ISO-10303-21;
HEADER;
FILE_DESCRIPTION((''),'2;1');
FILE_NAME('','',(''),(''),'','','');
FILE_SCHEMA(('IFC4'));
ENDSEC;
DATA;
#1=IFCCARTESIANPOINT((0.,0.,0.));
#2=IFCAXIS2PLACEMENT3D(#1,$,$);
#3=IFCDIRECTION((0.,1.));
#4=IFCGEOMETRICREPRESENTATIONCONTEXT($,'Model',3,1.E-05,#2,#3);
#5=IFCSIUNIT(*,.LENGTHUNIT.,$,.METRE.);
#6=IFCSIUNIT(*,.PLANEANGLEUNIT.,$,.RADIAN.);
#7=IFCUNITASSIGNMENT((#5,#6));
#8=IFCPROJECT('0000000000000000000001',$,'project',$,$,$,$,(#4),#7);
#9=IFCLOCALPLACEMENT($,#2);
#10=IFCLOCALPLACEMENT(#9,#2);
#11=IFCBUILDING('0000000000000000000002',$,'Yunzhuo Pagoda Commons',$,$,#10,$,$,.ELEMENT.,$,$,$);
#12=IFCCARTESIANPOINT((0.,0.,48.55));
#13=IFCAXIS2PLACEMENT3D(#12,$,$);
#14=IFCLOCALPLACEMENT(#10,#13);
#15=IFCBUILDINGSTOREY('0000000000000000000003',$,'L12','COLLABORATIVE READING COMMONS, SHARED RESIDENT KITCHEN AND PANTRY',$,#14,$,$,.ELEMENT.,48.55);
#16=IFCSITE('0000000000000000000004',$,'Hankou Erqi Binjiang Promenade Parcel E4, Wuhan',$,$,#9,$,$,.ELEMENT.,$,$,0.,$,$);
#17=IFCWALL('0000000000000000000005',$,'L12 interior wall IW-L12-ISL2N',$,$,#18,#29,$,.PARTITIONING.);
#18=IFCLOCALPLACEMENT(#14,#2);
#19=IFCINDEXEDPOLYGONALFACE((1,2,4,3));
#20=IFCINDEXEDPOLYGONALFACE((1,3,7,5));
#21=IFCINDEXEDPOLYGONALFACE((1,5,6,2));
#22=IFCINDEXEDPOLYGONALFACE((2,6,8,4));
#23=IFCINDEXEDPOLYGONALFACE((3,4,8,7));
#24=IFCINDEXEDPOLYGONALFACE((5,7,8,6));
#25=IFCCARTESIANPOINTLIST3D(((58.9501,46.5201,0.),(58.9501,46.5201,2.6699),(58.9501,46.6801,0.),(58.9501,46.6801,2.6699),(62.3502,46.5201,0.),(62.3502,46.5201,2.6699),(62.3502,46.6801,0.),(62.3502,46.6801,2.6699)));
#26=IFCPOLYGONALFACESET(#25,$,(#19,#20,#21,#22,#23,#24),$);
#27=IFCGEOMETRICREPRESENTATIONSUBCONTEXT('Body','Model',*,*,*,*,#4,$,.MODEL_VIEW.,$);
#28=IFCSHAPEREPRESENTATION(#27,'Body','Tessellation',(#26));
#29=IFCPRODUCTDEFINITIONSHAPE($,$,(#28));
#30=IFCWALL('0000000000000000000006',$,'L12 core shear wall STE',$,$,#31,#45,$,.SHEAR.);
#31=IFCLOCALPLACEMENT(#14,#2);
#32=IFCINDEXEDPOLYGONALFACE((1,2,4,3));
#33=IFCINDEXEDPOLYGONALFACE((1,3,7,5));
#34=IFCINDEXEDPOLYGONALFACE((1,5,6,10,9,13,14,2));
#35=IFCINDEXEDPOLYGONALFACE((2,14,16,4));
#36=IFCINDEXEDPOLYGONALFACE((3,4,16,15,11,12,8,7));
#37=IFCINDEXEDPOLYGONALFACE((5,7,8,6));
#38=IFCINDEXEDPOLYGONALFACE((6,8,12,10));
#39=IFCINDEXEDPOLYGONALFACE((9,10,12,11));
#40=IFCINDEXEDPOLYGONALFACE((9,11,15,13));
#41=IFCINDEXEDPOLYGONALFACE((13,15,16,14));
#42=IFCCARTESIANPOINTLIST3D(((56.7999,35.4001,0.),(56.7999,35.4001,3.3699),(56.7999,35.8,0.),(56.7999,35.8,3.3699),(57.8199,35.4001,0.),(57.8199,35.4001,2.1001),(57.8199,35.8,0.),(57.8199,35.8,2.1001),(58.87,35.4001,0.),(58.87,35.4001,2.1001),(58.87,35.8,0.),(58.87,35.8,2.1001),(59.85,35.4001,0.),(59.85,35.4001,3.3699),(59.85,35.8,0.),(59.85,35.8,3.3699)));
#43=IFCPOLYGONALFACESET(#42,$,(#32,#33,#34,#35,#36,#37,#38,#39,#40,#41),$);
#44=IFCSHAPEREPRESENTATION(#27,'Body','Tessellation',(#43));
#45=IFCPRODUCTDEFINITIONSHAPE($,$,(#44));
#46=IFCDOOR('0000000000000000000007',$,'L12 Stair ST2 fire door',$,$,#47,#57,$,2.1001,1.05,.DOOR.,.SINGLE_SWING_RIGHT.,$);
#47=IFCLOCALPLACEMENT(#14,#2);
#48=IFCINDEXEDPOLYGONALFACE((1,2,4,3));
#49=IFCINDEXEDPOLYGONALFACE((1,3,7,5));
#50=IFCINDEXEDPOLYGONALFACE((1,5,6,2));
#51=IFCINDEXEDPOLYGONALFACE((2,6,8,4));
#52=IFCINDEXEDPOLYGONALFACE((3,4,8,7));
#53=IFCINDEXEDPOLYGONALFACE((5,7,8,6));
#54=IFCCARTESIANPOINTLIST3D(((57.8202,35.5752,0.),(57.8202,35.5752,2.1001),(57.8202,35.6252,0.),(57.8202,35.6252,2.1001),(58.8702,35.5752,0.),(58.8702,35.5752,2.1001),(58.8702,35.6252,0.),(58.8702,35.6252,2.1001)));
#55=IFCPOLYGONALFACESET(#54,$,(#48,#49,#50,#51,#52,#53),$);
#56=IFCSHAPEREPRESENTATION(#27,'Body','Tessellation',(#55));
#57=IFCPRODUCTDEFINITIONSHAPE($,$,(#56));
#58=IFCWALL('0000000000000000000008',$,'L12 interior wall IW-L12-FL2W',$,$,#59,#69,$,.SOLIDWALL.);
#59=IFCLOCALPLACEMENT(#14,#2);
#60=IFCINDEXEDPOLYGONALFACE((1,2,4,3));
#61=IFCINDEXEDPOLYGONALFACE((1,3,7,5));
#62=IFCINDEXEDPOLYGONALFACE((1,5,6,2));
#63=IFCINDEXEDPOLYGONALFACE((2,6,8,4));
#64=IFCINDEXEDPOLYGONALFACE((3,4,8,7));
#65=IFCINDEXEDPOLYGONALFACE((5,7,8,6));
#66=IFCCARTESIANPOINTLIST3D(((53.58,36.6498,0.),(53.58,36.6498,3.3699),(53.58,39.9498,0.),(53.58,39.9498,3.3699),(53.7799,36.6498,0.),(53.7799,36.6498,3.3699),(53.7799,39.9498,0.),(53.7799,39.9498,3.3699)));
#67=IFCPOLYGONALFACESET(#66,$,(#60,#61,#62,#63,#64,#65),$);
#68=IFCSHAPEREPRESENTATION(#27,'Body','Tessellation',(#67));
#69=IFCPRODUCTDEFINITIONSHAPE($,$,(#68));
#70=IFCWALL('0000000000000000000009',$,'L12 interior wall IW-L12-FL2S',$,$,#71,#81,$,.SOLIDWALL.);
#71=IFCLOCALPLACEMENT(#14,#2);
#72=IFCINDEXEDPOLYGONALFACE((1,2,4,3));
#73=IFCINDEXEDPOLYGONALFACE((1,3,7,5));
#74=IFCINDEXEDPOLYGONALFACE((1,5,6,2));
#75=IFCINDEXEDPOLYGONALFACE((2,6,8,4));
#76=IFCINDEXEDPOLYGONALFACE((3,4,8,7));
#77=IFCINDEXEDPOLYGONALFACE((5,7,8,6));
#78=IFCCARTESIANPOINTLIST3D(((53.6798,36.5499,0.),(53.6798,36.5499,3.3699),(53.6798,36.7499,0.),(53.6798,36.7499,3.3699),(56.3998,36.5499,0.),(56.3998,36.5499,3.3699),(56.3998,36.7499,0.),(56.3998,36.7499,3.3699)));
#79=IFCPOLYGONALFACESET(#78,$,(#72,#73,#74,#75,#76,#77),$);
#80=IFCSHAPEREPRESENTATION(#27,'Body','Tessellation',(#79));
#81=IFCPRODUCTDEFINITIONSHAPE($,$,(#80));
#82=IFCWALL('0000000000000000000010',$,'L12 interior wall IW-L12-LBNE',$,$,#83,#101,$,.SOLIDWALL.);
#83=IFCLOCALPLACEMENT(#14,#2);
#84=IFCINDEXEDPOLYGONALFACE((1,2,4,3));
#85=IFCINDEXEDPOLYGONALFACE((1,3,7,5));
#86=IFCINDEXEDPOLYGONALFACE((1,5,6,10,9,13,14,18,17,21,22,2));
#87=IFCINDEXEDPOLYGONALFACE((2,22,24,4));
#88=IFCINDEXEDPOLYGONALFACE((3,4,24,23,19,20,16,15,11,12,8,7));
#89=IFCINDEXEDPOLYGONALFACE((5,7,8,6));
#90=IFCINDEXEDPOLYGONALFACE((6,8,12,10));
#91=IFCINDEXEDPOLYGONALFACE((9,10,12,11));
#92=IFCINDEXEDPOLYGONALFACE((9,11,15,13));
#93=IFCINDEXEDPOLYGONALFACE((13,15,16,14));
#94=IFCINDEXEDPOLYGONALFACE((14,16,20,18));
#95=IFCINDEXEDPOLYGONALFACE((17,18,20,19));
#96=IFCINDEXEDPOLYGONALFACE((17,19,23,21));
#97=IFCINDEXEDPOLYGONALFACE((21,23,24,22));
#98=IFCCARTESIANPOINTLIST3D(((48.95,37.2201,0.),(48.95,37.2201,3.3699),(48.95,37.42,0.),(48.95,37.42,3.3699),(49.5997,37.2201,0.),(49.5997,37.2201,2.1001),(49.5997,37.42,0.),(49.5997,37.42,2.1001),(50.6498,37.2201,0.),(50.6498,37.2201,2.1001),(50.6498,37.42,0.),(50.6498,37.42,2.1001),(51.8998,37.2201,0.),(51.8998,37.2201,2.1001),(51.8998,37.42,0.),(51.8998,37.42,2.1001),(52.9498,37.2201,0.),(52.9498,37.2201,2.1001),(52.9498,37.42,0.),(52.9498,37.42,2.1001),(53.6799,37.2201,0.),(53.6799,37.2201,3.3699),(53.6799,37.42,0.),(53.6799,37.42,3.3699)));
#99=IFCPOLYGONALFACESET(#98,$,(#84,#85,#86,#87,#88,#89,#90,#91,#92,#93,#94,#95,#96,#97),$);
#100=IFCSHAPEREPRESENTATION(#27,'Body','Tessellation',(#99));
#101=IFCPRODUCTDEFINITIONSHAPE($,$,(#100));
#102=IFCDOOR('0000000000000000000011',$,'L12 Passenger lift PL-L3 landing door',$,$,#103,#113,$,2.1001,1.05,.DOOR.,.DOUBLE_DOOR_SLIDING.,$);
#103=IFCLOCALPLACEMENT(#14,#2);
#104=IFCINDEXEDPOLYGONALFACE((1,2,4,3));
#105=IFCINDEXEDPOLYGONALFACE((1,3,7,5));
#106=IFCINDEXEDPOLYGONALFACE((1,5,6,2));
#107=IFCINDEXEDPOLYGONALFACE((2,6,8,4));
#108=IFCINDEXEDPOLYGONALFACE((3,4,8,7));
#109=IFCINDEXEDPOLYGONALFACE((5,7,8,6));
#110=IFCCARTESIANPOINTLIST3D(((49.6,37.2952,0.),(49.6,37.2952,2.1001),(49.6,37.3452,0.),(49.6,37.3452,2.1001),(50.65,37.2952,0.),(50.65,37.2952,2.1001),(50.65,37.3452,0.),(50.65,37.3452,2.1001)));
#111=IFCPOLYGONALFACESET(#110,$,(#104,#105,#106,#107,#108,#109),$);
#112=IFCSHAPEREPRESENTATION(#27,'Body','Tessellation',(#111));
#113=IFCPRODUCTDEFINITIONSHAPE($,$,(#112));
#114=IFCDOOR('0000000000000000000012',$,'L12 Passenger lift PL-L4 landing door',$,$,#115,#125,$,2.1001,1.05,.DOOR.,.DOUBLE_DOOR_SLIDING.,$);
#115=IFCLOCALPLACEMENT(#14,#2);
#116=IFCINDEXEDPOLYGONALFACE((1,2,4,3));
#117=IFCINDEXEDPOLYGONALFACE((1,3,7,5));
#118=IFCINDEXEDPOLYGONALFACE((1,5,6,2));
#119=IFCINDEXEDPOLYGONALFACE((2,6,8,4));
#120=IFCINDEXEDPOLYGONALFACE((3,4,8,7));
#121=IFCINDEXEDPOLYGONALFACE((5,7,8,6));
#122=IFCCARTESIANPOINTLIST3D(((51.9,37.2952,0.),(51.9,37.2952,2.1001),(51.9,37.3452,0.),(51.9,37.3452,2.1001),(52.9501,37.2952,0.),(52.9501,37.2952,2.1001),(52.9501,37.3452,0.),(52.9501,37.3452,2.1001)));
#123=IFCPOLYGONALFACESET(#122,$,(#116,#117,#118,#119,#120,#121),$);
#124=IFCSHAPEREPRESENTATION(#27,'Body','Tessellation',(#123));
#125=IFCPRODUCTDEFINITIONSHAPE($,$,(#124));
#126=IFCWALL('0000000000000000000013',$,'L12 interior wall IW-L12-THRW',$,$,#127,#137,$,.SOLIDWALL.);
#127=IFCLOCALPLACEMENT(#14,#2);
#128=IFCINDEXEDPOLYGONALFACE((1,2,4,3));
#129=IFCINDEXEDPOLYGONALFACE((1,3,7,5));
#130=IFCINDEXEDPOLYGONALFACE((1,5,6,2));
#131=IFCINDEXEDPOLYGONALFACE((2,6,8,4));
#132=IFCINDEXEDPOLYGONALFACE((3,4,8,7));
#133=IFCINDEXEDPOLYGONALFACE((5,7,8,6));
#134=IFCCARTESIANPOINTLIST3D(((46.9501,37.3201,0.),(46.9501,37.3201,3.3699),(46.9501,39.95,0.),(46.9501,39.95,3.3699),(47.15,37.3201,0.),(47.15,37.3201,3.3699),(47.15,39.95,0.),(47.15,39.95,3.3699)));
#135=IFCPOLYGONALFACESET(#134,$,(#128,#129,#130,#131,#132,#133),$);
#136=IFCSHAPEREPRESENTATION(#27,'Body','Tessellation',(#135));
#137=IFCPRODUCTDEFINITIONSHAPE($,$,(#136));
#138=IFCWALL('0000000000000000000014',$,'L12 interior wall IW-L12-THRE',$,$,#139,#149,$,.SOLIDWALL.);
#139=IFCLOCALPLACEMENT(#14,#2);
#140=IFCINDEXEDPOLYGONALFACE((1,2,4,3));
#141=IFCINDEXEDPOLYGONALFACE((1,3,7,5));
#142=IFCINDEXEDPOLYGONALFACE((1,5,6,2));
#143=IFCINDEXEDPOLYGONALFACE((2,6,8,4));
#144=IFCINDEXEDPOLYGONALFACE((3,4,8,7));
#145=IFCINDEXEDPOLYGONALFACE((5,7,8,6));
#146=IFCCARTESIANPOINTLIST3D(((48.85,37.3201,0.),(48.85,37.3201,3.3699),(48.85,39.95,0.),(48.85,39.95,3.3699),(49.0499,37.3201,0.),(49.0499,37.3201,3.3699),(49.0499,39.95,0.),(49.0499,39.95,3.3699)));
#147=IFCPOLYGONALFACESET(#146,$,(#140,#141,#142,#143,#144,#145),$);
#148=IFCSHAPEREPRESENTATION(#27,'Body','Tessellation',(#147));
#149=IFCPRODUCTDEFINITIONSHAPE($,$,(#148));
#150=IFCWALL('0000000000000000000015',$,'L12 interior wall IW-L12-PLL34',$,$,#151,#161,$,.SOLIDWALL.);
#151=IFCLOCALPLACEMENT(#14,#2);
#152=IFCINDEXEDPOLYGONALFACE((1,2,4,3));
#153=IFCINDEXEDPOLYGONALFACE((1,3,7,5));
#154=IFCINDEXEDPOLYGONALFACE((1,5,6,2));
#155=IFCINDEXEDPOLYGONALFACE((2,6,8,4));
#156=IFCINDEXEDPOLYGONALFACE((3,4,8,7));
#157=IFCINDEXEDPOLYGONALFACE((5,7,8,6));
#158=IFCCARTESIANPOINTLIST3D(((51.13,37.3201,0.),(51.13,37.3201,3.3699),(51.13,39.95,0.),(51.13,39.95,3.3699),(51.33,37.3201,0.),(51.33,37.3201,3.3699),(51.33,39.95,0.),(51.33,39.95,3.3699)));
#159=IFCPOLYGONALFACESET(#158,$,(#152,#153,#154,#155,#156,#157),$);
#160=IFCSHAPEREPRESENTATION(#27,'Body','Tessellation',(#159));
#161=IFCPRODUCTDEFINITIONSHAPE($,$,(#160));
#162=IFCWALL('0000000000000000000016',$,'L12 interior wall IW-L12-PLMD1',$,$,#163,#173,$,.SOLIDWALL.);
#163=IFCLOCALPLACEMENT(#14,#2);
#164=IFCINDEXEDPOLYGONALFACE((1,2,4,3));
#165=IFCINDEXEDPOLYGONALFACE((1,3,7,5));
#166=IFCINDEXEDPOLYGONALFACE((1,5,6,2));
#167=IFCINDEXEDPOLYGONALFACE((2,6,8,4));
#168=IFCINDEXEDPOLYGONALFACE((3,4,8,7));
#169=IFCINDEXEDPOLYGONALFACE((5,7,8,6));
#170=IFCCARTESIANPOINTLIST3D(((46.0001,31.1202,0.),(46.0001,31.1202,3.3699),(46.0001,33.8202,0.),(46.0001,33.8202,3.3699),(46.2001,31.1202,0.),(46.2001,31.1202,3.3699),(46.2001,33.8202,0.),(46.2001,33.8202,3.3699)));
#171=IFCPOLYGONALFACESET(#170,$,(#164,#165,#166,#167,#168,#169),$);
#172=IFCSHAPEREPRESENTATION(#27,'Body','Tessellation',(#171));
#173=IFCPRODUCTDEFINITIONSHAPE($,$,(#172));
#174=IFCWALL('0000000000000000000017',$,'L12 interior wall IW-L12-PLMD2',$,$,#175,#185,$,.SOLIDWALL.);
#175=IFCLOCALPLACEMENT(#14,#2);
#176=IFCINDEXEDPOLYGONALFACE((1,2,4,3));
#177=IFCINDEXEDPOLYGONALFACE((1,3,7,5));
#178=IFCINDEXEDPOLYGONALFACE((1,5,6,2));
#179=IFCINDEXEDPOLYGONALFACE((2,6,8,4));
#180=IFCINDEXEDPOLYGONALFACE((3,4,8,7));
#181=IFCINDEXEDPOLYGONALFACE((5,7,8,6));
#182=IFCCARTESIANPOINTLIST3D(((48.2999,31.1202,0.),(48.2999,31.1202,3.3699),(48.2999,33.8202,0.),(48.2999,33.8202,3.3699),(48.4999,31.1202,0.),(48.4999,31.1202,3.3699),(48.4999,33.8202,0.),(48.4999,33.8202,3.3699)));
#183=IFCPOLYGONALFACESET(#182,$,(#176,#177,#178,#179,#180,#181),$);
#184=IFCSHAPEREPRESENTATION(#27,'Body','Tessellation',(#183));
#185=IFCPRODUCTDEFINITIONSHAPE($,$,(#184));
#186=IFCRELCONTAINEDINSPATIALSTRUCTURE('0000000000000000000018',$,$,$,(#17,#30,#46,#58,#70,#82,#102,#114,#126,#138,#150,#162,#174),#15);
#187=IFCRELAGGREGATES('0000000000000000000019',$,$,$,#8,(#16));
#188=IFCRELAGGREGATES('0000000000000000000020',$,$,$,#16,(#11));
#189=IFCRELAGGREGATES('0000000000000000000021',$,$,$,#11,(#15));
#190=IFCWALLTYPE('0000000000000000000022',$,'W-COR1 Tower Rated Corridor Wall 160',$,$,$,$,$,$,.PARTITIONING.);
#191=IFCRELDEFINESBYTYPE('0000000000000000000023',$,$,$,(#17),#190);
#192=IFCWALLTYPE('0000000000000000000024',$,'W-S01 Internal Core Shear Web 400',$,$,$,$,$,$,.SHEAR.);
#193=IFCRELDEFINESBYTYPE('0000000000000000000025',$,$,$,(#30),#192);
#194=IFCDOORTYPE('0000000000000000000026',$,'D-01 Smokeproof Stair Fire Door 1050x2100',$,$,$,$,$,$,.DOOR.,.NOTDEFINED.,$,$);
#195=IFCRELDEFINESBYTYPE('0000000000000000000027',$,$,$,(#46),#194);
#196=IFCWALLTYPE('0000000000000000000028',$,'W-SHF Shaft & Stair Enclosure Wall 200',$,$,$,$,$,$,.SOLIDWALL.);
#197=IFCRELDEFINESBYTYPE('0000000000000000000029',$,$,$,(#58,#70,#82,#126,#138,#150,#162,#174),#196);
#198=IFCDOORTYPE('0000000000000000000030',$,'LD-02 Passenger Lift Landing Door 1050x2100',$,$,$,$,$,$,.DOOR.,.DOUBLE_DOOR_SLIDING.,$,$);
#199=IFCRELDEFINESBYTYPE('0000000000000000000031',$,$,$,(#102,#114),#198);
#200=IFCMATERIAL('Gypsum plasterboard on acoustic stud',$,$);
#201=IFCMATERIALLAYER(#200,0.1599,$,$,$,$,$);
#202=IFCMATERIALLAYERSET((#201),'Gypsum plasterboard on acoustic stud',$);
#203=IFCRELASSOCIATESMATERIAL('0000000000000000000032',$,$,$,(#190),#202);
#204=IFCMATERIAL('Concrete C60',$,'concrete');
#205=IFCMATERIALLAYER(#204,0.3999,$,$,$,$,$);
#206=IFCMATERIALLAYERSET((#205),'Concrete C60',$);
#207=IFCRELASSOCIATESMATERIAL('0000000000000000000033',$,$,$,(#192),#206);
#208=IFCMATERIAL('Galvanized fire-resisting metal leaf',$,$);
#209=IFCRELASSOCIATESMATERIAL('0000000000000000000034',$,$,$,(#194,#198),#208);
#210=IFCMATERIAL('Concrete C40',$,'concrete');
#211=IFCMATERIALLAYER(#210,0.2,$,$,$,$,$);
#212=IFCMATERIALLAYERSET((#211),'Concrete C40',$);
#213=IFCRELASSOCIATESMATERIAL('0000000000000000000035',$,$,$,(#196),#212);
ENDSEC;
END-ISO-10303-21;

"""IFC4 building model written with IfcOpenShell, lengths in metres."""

from ifc_helpers import new_model, si_unit, direction, frame, frame_2d, origin, place, context, subcontext, project, spatial, rectangle, extrude, source, transform, mapped, material, layer, layer_set, type_object, element, fill, save


model = new_model("IFC4")

# Units and contexts
model_context = context("Model", 3, precision=1e-05, world=origin(), true_north=direction((0.0, 1.0)))
body_context = subcontext(model_context, "Body", "Model", "MODEL_VIEW")
ifc_project = project(units=[si_unit("LENGTHUNIT", "METRE"), si_unit("PLANEANGLEUNIT", "RADIAN")], contexts=[model_context])

# Site, building, storey
site_placement = place(None, origin())
site = spatial("IfcSite", under=ifc_project, at=site_placement, Name="Hankou Erqi Binjiang Promenade Parcel E4, Wuhan", CompositionType="ELEMENT", RefElevation=0.0)
building_placement = place(site_placement, origin())
building = spatial("IfcBuilding", under=site, at=building_placement, Name="Yunzhuo Pagoda Commons", CompositionType="ELEMENT")
storey_placement = place(building_placement, frame((0.0, 0.0, 48.55)))
storey = spatial("IfcBuildingStorey", under=building, at=storey_placement, Name="L12", Description="COLLABORATIVE READING COMMONS, SHARED RESIDENT KITCHEN AND PANTRY", CompositionType="ELEMENT", Elevation=48.55)

# Shared definitions
ifc_material_1 = material(Name="Concrete C60", Category="concrete")
ifc_material_2 = material(Name="Galvanized fire-resisting metal leaf")
shared_shape_1 = source(origin(), body_context, "Body", "SweptSolid", [
    extrude(rectangle(XDim=1.05, YDim=2.1001, at=frame_2d((0.5249, 1.05))), frame((0.0, 0.0249, 0.0), z_axis=(0.0, -1.0, 0.0), x_axis=(1.0, 0.0, 0.0)), (0.0, 0.0, 1.0), 0.05),
])

# Wall
ifc_material_3 = material(Name="Gypsum plasterboard on acoustic stud")
ifc_layer_1 = layer(ifc_material_3, 0.1599)
ifc_layer_set_1 = layer_set([ifc_layer_1], Name="Gypsum plasterboard on acoustic stud")
wall_type_1 = type_object("IfcWallType", Name="W-COR1 Tower Rated Corridor Wall 160", PredefinedType="PARTITIONING", material=ifc_layer_set_1)
wall_1_placement = place(storey_placement, frame((58.95, 46.6001, 0.0), z_axis=(0.0, 0.0, 1.0), x_axis=(1.0, 0.0, 0.0)))
element("IfcWall", 1, at=wall_1_placement, inside=storey, type_object=wall_type_1, Name="L12 interior wall IW-L12-ISL2N", PredefinedType="PARTITIONING", context=body_context, shape_type="SweptSolid", body=[
    extrude(rectangle(XDim=3.4001, YDim=0.1599, at=frame_2d((1.7002, 0.0))), origin(), (0.0, 0.0, 1.0), 2.6699),
])

# Wall, opening, door
ifc_layer_2 = layer(ifc_material_1, 0.3999)
ifc_layer_set_2 = layer_set([ifc_layer_2], Name="Concrete C60")
wall_type_2 = type_object("IfcWallType", Name="W-S01 Internal Core Shear Web 400", PredefinedType="SHEAR", material=ifc_layer_set_2)
wall_2_placement = place(storey_placement, frame((56.8, 35.6001, 0.0), z_axis=(0.0, 0.0, 1.0), x_axis=(1.0, 0.0, 0.0)))
wall_2 = element("IfcWall", 2, at=wall_2_placement, inside=storey, type_object=wall_type_2, Name="L12 core shear wall STE", PredefinedType="SHEAR", context=body_context, shape_type="SweptSolid", body=[
    extrude(rectangle(XDim=3.05, YDim=0.3999, at=frame_2d((1.5249, 0.0))), origin(), (0.0, 0.0, 1.0), 3.3699),
])
opening_1_placement = place(wall_2_placement, frame((1.02, 0.0, 0.0)))
opening_1 = element("IfcOpeningElement", 3, at=opening_1_placement, cuts=wall_2, PredefinedType="OPENING", context=body_context, shape_type="SweptSolid", body=[
    extrude(rectangle(XDim=1.05, YDim=2.1001, at=frame_2d((0.5249, 1.05))), frame((0.0, 0.21, 0.0), z_axis=(0.0, -1.0, 0.0), x_axis=(1.0, 0.0, 0.0)), (0.0, 0.0, 1.0), 0.4199),
])
door_type_1 = type_object("IfcDoorType", Name="D-01 Smokeproof Stair Fire Door 1050x2100", OperationType="NOTDEFINED", PredefinedType="DOOR", material=ifc_material_2)
door_1_placement = place(opening_1_placement, frame((1.05, 0.0, 0.0), z_axis=(0.0, 0.0, 1.0), x_axis=(-1.0, 0.0, 0.0)))
door_1 = element("IfcDoor", 4, at=door_1_placement, inside=storey, type_object=door_type_1, Name="L12 Stair ST2 fire door", OperationType="SINGLE_SWING_RIGHT", OverallHeight=2.1001, OverallWidth=1.05, PredefinedType="DOOR", context=body_context, shape_type="MappedRepresentation", body=[
    mapped(shared_shape_1, transform((0.0, 0.0, 0.0), scale=1.0)),
])
fill(opening_1, door_1)

# Walls
ifc_material_4 = material(Name="Concrete C40", Category="concrete")
ifc_layer_3 = layer(ifc_material_4, 0.2)
ifc_layer_set_3 = layer_set([ifc_layer_3], Name="Concrete C40")
wall_type_3 = type_object("IfcWallType", Name="W-SHF Shaft & Stair Enclosure Wall 200", PredefinedType="SOLIDWALL", material=ifc_layer_set_3)
wall_3_placement = place(storey_placement, frame((53.6799, 36.6499, 0.0), z_axis=(0.0, 0.0, 1.0), x_axis=(0.0, 1.0, 0.0)))
element("IfcWall", 5, at=wall_3_placement, inside=storey, type_object=wall_type_3, Name="L12 interior wall IW-L12-FL2W", PredefinedType="SOLIDWALL", context=body_context, shape_type="SweptSolid", body=[
    extrude(rectangle(XDim=3.3, YDim=0.2, at=frame_2d((1.6499, 0.0))), origin(), (0.0, 0.0, 1.0), 3.3699),
])
wall_4_placement = place(storey_placement, frame((53.6799, 36.6499, 0.0), z_axis=(0.0, 0.0, 1.0), x_axis=(1.0, 0.0, 0.0)))
element("IfcWall", 6, at=wall_4_placement, inside=storey, type_object=wall_type_3, Name="L12 interior wall IW-L12-FL2S", PredefinedType="SOLIDWALL", context=body_context, shape_type="SweptSolid", body=[
    extrude(rectangle(XDim=2.72, YDim=0.2, at=frame_2d((1.3599, 0.0))), origin(), (0.0, 0.0, 1.0), 3.3699),
])

# Wall, openings, doors
wall_5_placement = place(storey_placement, frame((48.95, 37.3201, 0.0), z_axis=(0.0, 0.0, 1.0), x_axis=(1.0, 0.0, 0.0)))
wall_5 = element("IfcWall", 7, at=wall_5_placement, inside=storey, type_object=wall_type_3, Name="L12 interior wall IW-L12-LBNE", PredefinedType="SOLIDWALL", context=body_context, shape_type="SweptSolid", body=[
    extrude(rectangle(XDim=4.73, YDim=0.2, at=frame_2d((2.365, 0.0))), origin(), (0.0, 0.0, 1.0), 3.3699),
])
opening_2_placement = place(wall_5_placement, frame((0.6499, 0.0, 0.0)))
opening_2 = element("IfcOpeningElement", 8, at=opening_2_placement, cuts=wall_5, PredefinedType="OPENING", context=body_context, shape_type="SweptSolid", body=[
    extrude(rectangle(XDim=1.05, YDim=2.1001, at=frame_2d((0.5249, 1.05))), frame((0.0, 0.1099, 0.0), z_axis=(0.0, -1.0, 0.0), x_axis=(1.0, 0.0, 0.0)), (0.0, 0.0, 1.0), 0.22),
])
opening_3_placement = place(wall_5_placement, frame((2.95, 0.0, 0.0)))
opening_3 = element("IfcOpeningElement", 9, at=opening_3_placement, cuts=wall_5, PredefinedType="OPENING", context=body_context, shape_type="SweptSolid", body=[
    extrude(rectangle(XDim=1.05, YDim=2.1001, at=frame_2d((0.5249, 1.05))), frame((0.0, 0.1099, 0.0), z_axis=(0.0, -1.0, 0.0), x_axis=(1.0, 0.0, 0.0)), (0.0, 0.0, 1.0), 0.22),
])
door_type_2 = type_object("IfcDoorType", Name="LD-02 Passenger Lift Landing Door 1050x2100", OperationType="DOUBLE_DOOR_SLIDING", PredefinedType="DOOR", material=ifc_material_2)
door_2_placement = place(opening_2_placement, frame((1.05, 0.0, 0.0), z_axis=(0.0, 0.0, 1.0), x_axis=(-1.0, 0.0, 0.0)))
door_2 = element("IfcDoor", 10, at=door_2_placement, inside=storey, type_object=door_type_2, Name="L12 Passenger lift PL-L3 landing door", OperationType="DOUBLE_DOOR_SLIDING", OverallHeight=2.1001, OverallWidth=1.05, PredefinedType="DOOR", context=body_context, shape_type="MappedRepresentation", body=[
    mapped(shared_shape_1, transform((0.0, 0.0, 0.0), scale=1.0)),
])
fill(opening_2, door_2)
door_3_placement = place(opening_3_placement, frame((1.05, 0.0, 0.0), z_axis=(0.0, 0.0, 1.0), x_axis=(-1.0, 0.0, 0.0)))
door_3 = element("IfcDoor", 11, at=door_3_placement, inside=storey, type_object=door_type_2, Name="L12 Passenger lift PL-L4 landing door", OperationType="DOUBLE_DOOR_SLIDING", OverallHeight=2.1001, OverallWidth=1.05, PredefinedType="DOOR", context=body_context, shape_type="MappedRepresentation", body=[
    mapped(shared_shape_1, transform((0.0, 0.0, 0.0), scale=1.0)),
])
fill(opening_3, door_3)

# Walls
for number, where, z_axis, x_axis, name in (
    (12, (47.05, 37.3201, 0.0), (0.0, 0.0, 1.0), (0.0, 1.0, 0.0), "L12 interior wall IW-L12-THRW"),
    (13, (48.95, 37.3201, 0.0), (0.0, 0.0, 1.0), (0.0, 1.0, 0.0), "L12 interior wall IW-L12-THRE"),
    (14, (51.23, 37.3201, 0.0), (0.0, 0.0, 1.0), (0.0, 1.0, 0.0), "L12 interior wall IW-L12-PLL34"),
):
    element("IfcWall", number, at=place(storey_placement, frame(where, z_axis=z_axis, x_axis=x_axis)), inside=storey, type_object=wall_type_3, Name=name, PredefinedType="SOLIDWALL", context=body_context, shape_type="SweptSolid", body=[
        extrude(rectangle(XDim=2.6299, YDim=0.2, at=frame_2d((1.3149, 0.0))), origin(), (0.0, 0.0, 1.0), 3.3699),
    ])
for number, where, z_axis, x_axis, name in (
    (15, (46.1001, 31.1201, 0.0), (0.0, 0.0, 1.0), (0.0, 1.0, 0.0), "L12 interior wall IW-L12-PLMD1"),
    (16, (48.3999, 31.1201, 0.0), (0.0, 0.0, 1.0), (0.0, 1.0, 0.0), "L12 interior wall IW-L12-PLMD2"),
):
    element("IfcWall", number, at=place(storey_placement, frame(where, z_axis=z_axis, x_axis=x_axis)), inside=storey, type_object=wall_type_3, Name=name, PredefinedType="SOLIDWALL", context=body_context, shape_type="SweptSolid", body=[
        extrude(rectangle(XDim=2.7, YDim=0.2, at=frame_2d((1.3501, 0.0))), origin(), (0.0, 0.0, 1.0), 3.3699),
    ])

save(model, "model.ifc")
